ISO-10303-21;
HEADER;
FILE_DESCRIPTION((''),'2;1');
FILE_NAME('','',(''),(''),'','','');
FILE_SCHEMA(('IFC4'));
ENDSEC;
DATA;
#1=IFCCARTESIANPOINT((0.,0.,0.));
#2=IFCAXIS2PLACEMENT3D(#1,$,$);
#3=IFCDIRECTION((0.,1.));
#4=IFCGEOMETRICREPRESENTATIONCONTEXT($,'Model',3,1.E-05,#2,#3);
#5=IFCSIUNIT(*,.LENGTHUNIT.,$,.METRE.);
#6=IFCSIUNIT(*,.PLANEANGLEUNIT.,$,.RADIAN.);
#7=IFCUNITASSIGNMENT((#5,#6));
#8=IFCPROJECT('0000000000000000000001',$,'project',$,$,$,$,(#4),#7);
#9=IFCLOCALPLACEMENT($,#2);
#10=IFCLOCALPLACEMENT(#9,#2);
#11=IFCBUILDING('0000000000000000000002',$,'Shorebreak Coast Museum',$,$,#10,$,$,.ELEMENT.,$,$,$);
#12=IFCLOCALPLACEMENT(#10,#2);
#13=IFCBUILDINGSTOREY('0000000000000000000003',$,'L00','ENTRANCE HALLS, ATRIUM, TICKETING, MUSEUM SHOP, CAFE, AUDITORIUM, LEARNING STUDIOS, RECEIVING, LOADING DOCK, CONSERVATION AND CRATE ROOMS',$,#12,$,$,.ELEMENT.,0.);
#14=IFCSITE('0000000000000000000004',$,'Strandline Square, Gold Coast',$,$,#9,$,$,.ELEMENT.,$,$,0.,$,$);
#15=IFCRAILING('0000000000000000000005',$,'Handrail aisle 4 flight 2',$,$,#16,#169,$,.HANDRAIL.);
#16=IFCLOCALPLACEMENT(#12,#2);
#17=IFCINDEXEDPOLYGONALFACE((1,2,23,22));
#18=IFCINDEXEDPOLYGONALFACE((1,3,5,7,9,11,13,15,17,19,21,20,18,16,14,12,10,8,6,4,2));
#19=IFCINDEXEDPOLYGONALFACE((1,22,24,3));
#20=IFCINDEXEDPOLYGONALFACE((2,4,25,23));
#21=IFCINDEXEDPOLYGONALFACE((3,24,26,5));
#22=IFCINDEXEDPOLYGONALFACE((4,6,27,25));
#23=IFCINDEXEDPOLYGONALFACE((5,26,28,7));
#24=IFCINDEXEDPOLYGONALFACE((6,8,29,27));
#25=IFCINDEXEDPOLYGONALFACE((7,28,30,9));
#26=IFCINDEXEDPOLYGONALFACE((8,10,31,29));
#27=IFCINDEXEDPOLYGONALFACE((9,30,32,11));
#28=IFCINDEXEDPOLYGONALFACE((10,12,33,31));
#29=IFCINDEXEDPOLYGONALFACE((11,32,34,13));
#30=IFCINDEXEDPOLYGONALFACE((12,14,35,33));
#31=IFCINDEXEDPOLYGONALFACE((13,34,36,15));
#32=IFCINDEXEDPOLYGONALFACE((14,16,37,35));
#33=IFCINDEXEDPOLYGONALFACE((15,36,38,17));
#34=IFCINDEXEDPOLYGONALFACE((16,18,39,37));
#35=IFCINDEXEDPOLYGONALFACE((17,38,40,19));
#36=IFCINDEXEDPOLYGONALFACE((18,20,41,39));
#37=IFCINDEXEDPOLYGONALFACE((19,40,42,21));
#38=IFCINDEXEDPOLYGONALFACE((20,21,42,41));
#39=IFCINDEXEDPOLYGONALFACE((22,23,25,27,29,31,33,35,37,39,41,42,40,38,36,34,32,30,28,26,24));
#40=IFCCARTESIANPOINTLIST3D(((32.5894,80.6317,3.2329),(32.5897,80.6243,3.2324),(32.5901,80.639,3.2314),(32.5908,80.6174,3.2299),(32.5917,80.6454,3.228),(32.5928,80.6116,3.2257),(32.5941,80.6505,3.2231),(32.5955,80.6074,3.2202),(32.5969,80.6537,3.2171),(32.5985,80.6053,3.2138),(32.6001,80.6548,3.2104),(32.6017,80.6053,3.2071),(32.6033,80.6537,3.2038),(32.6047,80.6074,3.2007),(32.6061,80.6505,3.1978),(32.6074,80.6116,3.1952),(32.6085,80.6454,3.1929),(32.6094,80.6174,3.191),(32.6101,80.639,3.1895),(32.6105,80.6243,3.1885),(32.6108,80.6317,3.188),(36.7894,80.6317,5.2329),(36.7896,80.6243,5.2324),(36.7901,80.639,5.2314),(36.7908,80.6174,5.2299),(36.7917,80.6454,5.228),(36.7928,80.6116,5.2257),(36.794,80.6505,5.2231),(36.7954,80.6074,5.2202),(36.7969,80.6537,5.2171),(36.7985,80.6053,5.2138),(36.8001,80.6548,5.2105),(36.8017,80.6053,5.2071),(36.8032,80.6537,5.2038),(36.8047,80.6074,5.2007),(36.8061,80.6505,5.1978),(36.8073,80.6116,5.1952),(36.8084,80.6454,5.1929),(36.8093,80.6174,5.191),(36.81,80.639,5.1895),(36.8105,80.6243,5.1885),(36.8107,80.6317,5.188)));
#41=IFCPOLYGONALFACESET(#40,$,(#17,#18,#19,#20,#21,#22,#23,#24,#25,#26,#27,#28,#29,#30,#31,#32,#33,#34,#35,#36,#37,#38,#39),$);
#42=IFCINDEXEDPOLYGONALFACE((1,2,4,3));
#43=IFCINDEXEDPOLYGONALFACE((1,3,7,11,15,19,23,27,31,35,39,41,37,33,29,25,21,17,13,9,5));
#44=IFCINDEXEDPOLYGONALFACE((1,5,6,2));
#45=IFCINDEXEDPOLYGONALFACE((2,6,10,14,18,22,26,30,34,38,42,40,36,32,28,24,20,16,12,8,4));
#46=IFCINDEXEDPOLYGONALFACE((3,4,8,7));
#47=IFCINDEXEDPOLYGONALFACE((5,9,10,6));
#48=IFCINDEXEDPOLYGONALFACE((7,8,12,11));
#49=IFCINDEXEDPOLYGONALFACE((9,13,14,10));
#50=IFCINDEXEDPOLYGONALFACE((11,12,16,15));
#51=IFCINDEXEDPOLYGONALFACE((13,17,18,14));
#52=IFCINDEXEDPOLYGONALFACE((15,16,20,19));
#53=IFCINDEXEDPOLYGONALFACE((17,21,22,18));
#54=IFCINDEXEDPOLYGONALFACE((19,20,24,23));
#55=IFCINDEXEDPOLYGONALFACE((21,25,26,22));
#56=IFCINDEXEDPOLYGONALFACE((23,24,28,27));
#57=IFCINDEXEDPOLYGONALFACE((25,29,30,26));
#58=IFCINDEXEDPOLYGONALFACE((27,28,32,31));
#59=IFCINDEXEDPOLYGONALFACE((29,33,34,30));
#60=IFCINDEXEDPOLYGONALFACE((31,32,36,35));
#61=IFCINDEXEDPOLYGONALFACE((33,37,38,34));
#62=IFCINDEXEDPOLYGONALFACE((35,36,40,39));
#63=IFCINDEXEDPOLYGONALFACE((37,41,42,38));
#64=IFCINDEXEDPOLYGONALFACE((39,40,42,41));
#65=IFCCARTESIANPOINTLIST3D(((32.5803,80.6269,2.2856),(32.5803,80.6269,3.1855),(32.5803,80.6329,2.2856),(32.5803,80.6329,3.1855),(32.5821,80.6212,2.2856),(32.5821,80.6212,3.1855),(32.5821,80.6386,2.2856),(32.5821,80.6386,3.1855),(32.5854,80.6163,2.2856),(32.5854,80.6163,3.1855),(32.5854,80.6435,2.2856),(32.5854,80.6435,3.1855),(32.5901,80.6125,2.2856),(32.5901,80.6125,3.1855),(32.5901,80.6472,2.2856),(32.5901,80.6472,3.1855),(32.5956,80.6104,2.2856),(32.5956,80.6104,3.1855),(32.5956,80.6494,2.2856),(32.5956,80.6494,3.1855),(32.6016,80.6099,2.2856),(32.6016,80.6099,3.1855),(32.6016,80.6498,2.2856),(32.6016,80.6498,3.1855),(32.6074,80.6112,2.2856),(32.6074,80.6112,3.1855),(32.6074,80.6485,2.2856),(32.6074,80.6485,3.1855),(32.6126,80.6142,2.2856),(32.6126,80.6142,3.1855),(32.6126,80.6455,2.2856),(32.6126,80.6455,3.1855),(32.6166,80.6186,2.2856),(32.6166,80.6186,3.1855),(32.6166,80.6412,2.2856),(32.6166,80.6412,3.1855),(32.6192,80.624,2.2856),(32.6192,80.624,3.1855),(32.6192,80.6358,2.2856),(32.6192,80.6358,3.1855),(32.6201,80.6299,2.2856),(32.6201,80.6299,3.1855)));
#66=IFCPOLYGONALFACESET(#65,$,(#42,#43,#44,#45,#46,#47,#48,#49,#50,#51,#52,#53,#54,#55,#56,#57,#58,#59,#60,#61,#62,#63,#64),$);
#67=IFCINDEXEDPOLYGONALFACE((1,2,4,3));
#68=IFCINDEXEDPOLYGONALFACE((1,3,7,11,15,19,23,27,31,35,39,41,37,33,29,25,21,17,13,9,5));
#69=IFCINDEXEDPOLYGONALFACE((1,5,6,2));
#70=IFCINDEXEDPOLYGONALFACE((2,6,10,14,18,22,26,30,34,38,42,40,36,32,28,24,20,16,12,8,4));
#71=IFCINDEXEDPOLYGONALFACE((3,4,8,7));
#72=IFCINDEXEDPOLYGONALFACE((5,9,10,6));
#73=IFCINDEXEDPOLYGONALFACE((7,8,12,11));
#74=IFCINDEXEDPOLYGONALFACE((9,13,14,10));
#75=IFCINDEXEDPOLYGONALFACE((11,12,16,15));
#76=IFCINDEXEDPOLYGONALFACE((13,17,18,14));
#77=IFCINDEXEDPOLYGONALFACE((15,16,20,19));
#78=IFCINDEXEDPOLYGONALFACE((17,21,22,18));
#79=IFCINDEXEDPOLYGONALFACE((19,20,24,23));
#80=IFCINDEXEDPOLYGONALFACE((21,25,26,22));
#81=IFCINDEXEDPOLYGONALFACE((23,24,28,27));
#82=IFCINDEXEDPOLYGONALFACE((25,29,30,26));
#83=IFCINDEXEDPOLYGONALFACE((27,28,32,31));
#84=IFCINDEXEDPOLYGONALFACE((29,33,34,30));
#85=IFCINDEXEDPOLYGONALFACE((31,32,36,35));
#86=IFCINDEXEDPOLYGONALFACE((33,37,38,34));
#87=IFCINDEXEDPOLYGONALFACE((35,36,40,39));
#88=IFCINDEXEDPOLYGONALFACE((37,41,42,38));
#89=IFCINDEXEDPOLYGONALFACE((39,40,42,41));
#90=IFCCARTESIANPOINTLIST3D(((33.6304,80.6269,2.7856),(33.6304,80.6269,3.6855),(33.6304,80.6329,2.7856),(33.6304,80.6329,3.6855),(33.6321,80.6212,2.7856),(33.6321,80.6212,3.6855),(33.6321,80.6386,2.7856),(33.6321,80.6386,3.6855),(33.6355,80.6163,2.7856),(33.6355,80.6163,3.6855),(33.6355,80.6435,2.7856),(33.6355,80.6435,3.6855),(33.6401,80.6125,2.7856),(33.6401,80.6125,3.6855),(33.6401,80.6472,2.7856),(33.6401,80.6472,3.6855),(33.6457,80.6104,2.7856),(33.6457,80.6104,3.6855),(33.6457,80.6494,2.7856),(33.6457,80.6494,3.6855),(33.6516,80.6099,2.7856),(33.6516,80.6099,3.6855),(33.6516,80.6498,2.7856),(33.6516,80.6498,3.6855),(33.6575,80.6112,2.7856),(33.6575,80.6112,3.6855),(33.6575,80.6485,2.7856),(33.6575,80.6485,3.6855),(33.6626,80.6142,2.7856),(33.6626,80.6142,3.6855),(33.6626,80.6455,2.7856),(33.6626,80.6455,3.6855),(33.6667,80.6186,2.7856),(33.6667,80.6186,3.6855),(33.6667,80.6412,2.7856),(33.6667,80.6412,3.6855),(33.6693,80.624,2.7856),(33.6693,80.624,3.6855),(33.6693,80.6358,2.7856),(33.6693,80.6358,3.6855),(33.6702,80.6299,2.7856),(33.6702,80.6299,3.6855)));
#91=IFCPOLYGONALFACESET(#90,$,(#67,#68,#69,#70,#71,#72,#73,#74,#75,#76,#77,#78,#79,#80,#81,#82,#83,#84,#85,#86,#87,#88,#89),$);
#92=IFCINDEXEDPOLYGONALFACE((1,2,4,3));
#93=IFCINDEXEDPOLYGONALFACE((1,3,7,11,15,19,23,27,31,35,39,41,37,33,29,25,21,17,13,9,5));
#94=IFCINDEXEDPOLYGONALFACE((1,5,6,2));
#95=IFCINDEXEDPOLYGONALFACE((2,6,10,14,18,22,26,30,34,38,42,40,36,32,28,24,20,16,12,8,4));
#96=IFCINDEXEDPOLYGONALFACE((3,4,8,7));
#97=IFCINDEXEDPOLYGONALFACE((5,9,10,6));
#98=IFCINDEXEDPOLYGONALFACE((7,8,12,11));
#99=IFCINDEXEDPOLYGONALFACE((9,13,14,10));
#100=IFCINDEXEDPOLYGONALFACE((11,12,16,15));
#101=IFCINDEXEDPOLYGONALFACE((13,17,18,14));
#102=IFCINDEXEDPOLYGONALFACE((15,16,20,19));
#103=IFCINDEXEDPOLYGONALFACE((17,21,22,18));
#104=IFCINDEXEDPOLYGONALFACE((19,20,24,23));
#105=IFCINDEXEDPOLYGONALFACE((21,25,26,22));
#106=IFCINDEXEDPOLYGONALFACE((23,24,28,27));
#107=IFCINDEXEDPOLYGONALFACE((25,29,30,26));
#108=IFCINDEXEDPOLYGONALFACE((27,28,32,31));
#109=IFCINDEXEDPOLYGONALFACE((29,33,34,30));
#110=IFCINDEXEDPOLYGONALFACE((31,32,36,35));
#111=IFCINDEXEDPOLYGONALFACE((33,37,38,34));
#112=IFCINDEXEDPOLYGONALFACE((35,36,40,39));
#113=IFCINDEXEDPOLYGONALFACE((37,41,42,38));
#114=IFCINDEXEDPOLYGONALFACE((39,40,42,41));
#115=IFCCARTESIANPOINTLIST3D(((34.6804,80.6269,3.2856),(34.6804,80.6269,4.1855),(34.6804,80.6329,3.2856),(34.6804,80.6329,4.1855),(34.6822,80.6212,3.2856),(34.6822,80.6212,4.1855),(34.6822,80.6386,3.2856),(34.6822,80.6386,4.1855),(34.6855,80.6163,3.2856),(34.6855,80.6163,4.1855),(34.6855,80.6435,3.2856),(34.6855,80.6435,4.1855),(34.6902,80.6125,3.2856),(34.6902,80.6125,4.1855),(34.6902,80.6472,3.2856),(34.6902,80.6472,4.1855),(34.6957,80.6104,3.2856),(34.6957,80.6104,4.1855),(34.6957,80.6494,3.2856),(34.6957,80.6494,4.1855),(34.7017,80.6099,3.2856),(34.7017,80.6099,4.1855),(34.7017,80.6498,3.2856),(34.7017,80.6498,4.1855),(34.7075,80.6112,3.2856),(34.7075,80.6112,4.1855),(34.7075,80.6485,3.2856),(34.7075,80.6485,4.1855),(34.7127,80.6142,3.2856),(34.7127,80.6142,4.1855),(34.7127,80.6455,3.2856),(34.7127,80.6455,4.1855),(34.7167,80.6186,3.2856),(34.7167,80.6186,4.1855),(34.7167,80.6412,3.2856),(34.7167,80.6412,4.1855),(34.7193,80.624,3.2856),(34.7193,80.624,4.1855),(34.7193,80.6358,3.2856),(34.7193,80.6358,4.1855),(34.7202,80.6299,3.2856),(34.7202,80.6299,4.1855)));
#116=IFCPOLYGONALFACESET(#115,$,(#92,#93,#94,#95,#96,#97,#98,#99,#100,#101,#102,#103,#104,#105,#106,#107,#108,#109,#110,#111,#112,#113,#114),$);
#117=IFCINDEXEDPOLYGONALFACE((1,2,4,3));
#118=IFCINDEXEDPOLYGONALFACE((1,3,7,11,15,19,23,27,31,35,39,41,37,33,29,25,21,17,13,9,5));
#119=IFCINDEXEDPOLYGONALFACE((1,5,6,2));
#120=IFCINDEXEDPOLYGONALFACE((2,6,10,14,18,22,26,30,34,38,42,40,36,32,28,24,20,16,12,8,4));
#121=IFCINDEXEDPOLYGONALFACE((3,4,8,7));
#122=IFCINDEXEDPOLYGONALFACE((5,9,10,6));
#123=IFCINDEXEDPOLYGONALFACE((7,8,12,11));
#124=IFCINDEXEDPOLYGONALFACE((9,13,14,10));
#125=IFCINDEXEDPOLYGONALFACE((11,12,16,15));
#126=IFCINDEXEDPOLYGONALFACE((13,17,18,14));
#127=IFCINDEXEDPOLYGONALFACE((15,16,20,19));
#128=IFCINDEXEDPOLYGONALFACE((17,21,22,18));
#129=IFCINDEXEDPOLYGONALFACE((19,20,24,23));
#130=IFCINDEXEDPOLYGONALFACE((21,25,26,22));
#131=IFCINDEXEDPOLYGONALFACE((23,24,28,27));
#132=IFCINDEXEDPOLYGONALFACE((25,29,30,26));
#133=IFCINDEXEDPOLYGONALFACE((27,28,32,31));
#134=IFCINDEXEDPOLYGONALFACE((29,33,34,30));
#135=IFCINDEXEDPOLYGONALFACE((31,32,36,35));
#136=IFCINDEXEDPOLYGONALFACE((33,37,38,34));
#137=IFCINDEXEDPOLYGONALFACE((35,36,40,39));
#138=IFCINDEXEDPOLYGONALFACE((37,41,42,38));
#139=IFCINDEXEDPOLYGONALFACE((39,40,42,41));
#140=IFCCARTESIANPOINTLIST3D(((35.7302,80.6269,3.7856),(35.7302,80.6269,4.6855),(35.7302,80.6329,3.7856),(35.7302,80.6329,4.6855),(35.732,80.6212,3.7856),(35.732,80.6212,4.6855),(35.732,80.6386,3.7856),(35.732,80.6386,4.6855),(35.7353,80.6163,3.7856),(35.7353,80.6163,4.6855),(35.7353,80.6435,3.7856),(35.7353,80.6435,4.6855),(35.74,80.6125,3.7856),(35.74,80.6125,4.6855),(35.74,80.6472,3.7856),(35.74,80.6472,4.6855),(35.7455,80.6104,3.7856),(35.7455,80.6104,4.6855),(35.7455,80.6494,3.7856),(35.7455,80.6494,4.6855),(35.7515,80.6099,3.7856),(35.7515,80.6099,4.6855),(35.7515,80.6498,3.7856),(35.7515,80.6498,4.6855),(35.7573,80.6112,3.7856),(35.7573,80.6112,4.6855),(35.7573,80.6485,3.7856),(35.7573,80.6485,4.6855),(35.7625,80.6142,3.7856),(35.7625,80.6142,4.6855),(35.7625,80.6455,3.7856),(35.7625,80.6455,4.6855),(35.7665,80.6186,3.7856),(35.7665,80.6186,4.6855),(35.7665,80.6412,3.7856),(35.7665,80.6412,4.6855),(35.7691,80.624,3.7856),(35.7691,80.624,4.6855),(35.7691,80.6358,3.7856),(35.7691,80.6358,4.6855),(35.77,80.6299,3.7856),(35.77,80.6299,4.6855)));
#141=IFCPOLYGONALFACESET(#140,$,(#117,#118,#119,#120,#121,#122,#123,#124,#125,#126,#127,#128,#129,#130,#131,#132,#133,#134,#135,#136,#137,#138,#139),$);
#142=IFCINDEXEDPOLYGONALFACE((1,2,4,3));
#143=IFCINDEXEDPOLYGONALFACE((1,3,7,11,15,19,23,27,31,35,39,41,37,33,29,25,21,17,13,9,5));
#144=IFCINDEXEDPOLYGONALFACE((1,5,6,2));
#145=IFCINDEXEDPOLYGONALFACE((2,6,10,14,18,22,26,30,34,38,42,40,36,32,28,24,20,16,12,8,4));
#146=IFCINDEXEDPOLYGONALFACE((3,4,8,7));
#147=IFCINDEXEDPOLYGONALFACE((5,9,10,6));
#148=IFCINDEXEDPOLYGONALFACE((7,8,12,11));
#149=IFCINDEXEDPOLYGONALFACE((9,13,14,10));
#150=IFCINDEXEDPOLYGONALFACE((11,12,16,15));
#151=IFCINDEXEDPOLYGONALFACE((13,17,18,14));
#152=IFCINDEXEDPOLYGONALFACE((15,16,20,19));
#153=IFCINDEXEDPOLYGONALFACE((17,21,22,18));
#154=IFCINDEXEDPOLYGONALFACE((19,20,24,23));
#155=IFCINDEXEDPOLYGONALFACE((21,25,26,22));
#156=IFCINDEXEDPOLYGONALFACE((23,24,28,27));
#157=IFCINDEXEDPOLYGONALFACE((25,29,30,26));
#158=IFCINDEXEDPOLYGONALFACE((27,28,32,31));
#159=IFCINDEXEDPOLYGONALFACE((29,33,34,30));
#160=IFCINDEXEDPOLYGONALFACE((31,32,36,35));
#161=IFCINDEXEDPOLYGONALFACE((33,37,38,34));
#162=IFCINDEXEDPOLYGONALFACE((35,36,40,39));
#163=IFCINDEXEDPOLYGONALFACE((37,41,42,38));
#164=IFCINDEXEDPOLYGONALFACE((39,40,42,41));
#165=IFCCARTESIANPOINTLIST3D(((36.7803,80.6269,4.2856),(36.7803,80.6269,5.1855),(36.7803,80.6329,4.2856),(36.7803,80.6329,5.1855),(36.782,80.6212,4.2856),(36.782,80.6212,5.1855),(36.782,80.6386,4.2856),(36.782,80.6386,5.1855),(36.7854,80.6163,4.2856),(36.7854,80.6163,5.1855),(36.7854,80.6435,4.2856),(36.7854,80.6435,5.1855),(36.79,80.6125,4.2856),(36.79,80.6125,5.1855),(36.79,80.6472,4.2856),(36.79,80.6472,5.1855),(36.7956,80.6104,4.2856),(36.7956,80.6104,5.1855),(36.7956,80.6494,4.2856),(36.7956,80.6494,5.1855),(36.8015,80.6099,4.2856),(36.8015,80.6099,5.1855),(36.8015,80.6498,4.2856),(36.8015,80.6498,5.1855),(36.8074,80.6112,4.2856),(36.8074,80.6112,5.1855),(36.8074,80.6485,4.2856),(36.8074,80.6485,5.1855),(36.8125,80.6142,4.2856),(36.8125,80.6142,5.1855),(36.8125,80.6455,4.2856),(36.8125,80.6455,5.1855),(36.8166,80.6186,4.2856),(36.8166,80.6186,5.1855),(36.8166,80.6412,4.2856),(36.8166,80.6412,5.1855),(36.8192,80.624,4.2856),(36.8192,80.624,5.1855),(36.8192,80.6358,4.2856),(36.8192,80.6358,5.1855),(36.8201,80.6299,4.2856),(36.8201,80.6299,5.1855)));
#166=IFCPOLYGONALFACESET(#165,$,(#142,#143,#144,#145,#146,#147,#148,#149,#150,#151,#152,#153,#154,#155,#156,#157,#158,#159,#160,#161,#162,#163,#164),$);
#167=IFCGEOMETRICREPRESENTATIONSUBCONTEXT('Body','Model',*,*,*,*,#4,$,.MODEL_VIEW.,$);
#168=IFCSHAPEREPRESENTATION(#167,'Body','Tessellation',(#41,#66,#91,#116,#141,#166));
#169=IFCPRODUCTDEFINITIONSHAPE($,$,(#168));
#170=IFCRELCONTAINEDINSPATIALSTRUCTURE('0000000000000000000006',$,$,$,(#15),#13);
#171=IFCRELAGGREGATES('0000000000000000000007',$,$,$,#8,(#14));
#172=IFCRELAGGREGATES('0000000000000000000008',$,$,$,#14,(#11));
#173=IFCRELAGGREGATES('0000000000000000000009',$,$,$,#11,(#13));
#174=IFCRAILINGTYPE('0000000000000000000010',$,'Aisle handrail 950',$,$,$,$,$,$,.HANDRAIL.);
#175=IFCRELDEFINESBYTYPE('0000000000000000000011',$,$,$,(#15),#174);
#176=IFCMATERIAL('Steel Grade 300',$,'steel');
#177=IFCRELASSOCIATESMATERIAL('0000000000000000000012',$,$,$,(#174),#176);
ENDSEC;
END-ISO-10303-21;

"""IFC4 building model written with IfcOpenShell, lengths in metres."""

from ifc_helpers import new_model, si_unit, direction, frame, origin, origin_2d, place, context, subcontext, project, spatial, circle, extrude, material, type_object, element, save


model = new_model("IFC4")

# Units and contexts
model_context = context("Model", 3, precision=1e-05, world=origin(), true_north=direction((0.0, 1.0)))
body_context = subcontext(model_context, "Body", "Model", "MODEL_VIEW")
ifc_project = project(units=[si_unit("LENGTHUNIT", "METRE"), si_unit("PLANEANGLEUNIT", "RADIAN")], contexts=[model_context])

# Site, building, storey
site_placement = place(None, origin())
site = spatial("IfcSite", under=ifc_project, at=site_placement, Name="Strandline Square, Gold Coast", CompositionType="ELEMENT", RefElevation=0.0)
building_placement = place(site_placement, origin())
building = spatial("IfcBuilding", under=site, at=building_placement, Name="Shorebreak Coast Museum", CompositionType="ELEMENT")
storey_placement = place(building_placement, origin())
storey = spatial("IfcBuildingStorey", under=building, at=storey_placement, Name="L00", Description="ENTRANCE HALLS, ATRIUM, TICKETING, MUSEUM SHOP, CAFE, AUDITORIUM, LEARNING STUDIOS, RECEIVING, LOADING DOCK, CONSERVATION AND CRATE ROOMS", CompositionType="ELEMENT", Elevation=0.0)

# Railing
ifc_material_1 = material(Name="Steel Grade 300", Category="steel")
railing_type_1 = type_object("IfcRailingType", Name="Aisle handrail 950", PredefinedType="HANDRAIL", material=ifc_material_1)
railing_1_placement = place(storey_placement, frame((32.6001, 80.6299, 2.2856)))
element("IfcRailing", 1, at=railing_1_placement, inside=storey, type_object=railing_type_1, Name="Handrail aisle 4 flight 2", PredefinedType="HANDRAIL", context=body_context, shape_type="SweptSolid", body=[
    extrude(circle(Radius=0.0249, at=origin_2d()), frame((0.0, 0.0, 0.9248), z_axis=(0.902859, 0.0, 0.429938), x_axis=(0.0, 1.0, 0.0)), (0.0, 0.0, 1.0), 4.6519),
    extrude(circle(Radius=0.02, at=origin_2d()), origin(), (0.0, 0.0, 1.0), 0.8999),
    extrude(circle(Radius=0.02, at=origin_2d()), frame((1.05, 0.0, 0.5)), (0.0, 0.0, 1.0), 0.8999),
    extrude(circle(Radius=0.02, at=origin_2d()), frame((2.1001, 0.0, 1.0)), (0.0, 0.0, 1.0), 0.8999),
    extrude(circle(Radius=0.02, at=origin_2d()), frame((3.1499, 0.0, 1.5)), (0.0, 0.0, 1.0), 0.8999),
    extrude(circle(Radius=0.02, at=origin_2d()), frame((4.2, 0.0, 2.0)), (0.0, 0.0, 1.0), 0.8999),
])

save(model, "model.ifc")
